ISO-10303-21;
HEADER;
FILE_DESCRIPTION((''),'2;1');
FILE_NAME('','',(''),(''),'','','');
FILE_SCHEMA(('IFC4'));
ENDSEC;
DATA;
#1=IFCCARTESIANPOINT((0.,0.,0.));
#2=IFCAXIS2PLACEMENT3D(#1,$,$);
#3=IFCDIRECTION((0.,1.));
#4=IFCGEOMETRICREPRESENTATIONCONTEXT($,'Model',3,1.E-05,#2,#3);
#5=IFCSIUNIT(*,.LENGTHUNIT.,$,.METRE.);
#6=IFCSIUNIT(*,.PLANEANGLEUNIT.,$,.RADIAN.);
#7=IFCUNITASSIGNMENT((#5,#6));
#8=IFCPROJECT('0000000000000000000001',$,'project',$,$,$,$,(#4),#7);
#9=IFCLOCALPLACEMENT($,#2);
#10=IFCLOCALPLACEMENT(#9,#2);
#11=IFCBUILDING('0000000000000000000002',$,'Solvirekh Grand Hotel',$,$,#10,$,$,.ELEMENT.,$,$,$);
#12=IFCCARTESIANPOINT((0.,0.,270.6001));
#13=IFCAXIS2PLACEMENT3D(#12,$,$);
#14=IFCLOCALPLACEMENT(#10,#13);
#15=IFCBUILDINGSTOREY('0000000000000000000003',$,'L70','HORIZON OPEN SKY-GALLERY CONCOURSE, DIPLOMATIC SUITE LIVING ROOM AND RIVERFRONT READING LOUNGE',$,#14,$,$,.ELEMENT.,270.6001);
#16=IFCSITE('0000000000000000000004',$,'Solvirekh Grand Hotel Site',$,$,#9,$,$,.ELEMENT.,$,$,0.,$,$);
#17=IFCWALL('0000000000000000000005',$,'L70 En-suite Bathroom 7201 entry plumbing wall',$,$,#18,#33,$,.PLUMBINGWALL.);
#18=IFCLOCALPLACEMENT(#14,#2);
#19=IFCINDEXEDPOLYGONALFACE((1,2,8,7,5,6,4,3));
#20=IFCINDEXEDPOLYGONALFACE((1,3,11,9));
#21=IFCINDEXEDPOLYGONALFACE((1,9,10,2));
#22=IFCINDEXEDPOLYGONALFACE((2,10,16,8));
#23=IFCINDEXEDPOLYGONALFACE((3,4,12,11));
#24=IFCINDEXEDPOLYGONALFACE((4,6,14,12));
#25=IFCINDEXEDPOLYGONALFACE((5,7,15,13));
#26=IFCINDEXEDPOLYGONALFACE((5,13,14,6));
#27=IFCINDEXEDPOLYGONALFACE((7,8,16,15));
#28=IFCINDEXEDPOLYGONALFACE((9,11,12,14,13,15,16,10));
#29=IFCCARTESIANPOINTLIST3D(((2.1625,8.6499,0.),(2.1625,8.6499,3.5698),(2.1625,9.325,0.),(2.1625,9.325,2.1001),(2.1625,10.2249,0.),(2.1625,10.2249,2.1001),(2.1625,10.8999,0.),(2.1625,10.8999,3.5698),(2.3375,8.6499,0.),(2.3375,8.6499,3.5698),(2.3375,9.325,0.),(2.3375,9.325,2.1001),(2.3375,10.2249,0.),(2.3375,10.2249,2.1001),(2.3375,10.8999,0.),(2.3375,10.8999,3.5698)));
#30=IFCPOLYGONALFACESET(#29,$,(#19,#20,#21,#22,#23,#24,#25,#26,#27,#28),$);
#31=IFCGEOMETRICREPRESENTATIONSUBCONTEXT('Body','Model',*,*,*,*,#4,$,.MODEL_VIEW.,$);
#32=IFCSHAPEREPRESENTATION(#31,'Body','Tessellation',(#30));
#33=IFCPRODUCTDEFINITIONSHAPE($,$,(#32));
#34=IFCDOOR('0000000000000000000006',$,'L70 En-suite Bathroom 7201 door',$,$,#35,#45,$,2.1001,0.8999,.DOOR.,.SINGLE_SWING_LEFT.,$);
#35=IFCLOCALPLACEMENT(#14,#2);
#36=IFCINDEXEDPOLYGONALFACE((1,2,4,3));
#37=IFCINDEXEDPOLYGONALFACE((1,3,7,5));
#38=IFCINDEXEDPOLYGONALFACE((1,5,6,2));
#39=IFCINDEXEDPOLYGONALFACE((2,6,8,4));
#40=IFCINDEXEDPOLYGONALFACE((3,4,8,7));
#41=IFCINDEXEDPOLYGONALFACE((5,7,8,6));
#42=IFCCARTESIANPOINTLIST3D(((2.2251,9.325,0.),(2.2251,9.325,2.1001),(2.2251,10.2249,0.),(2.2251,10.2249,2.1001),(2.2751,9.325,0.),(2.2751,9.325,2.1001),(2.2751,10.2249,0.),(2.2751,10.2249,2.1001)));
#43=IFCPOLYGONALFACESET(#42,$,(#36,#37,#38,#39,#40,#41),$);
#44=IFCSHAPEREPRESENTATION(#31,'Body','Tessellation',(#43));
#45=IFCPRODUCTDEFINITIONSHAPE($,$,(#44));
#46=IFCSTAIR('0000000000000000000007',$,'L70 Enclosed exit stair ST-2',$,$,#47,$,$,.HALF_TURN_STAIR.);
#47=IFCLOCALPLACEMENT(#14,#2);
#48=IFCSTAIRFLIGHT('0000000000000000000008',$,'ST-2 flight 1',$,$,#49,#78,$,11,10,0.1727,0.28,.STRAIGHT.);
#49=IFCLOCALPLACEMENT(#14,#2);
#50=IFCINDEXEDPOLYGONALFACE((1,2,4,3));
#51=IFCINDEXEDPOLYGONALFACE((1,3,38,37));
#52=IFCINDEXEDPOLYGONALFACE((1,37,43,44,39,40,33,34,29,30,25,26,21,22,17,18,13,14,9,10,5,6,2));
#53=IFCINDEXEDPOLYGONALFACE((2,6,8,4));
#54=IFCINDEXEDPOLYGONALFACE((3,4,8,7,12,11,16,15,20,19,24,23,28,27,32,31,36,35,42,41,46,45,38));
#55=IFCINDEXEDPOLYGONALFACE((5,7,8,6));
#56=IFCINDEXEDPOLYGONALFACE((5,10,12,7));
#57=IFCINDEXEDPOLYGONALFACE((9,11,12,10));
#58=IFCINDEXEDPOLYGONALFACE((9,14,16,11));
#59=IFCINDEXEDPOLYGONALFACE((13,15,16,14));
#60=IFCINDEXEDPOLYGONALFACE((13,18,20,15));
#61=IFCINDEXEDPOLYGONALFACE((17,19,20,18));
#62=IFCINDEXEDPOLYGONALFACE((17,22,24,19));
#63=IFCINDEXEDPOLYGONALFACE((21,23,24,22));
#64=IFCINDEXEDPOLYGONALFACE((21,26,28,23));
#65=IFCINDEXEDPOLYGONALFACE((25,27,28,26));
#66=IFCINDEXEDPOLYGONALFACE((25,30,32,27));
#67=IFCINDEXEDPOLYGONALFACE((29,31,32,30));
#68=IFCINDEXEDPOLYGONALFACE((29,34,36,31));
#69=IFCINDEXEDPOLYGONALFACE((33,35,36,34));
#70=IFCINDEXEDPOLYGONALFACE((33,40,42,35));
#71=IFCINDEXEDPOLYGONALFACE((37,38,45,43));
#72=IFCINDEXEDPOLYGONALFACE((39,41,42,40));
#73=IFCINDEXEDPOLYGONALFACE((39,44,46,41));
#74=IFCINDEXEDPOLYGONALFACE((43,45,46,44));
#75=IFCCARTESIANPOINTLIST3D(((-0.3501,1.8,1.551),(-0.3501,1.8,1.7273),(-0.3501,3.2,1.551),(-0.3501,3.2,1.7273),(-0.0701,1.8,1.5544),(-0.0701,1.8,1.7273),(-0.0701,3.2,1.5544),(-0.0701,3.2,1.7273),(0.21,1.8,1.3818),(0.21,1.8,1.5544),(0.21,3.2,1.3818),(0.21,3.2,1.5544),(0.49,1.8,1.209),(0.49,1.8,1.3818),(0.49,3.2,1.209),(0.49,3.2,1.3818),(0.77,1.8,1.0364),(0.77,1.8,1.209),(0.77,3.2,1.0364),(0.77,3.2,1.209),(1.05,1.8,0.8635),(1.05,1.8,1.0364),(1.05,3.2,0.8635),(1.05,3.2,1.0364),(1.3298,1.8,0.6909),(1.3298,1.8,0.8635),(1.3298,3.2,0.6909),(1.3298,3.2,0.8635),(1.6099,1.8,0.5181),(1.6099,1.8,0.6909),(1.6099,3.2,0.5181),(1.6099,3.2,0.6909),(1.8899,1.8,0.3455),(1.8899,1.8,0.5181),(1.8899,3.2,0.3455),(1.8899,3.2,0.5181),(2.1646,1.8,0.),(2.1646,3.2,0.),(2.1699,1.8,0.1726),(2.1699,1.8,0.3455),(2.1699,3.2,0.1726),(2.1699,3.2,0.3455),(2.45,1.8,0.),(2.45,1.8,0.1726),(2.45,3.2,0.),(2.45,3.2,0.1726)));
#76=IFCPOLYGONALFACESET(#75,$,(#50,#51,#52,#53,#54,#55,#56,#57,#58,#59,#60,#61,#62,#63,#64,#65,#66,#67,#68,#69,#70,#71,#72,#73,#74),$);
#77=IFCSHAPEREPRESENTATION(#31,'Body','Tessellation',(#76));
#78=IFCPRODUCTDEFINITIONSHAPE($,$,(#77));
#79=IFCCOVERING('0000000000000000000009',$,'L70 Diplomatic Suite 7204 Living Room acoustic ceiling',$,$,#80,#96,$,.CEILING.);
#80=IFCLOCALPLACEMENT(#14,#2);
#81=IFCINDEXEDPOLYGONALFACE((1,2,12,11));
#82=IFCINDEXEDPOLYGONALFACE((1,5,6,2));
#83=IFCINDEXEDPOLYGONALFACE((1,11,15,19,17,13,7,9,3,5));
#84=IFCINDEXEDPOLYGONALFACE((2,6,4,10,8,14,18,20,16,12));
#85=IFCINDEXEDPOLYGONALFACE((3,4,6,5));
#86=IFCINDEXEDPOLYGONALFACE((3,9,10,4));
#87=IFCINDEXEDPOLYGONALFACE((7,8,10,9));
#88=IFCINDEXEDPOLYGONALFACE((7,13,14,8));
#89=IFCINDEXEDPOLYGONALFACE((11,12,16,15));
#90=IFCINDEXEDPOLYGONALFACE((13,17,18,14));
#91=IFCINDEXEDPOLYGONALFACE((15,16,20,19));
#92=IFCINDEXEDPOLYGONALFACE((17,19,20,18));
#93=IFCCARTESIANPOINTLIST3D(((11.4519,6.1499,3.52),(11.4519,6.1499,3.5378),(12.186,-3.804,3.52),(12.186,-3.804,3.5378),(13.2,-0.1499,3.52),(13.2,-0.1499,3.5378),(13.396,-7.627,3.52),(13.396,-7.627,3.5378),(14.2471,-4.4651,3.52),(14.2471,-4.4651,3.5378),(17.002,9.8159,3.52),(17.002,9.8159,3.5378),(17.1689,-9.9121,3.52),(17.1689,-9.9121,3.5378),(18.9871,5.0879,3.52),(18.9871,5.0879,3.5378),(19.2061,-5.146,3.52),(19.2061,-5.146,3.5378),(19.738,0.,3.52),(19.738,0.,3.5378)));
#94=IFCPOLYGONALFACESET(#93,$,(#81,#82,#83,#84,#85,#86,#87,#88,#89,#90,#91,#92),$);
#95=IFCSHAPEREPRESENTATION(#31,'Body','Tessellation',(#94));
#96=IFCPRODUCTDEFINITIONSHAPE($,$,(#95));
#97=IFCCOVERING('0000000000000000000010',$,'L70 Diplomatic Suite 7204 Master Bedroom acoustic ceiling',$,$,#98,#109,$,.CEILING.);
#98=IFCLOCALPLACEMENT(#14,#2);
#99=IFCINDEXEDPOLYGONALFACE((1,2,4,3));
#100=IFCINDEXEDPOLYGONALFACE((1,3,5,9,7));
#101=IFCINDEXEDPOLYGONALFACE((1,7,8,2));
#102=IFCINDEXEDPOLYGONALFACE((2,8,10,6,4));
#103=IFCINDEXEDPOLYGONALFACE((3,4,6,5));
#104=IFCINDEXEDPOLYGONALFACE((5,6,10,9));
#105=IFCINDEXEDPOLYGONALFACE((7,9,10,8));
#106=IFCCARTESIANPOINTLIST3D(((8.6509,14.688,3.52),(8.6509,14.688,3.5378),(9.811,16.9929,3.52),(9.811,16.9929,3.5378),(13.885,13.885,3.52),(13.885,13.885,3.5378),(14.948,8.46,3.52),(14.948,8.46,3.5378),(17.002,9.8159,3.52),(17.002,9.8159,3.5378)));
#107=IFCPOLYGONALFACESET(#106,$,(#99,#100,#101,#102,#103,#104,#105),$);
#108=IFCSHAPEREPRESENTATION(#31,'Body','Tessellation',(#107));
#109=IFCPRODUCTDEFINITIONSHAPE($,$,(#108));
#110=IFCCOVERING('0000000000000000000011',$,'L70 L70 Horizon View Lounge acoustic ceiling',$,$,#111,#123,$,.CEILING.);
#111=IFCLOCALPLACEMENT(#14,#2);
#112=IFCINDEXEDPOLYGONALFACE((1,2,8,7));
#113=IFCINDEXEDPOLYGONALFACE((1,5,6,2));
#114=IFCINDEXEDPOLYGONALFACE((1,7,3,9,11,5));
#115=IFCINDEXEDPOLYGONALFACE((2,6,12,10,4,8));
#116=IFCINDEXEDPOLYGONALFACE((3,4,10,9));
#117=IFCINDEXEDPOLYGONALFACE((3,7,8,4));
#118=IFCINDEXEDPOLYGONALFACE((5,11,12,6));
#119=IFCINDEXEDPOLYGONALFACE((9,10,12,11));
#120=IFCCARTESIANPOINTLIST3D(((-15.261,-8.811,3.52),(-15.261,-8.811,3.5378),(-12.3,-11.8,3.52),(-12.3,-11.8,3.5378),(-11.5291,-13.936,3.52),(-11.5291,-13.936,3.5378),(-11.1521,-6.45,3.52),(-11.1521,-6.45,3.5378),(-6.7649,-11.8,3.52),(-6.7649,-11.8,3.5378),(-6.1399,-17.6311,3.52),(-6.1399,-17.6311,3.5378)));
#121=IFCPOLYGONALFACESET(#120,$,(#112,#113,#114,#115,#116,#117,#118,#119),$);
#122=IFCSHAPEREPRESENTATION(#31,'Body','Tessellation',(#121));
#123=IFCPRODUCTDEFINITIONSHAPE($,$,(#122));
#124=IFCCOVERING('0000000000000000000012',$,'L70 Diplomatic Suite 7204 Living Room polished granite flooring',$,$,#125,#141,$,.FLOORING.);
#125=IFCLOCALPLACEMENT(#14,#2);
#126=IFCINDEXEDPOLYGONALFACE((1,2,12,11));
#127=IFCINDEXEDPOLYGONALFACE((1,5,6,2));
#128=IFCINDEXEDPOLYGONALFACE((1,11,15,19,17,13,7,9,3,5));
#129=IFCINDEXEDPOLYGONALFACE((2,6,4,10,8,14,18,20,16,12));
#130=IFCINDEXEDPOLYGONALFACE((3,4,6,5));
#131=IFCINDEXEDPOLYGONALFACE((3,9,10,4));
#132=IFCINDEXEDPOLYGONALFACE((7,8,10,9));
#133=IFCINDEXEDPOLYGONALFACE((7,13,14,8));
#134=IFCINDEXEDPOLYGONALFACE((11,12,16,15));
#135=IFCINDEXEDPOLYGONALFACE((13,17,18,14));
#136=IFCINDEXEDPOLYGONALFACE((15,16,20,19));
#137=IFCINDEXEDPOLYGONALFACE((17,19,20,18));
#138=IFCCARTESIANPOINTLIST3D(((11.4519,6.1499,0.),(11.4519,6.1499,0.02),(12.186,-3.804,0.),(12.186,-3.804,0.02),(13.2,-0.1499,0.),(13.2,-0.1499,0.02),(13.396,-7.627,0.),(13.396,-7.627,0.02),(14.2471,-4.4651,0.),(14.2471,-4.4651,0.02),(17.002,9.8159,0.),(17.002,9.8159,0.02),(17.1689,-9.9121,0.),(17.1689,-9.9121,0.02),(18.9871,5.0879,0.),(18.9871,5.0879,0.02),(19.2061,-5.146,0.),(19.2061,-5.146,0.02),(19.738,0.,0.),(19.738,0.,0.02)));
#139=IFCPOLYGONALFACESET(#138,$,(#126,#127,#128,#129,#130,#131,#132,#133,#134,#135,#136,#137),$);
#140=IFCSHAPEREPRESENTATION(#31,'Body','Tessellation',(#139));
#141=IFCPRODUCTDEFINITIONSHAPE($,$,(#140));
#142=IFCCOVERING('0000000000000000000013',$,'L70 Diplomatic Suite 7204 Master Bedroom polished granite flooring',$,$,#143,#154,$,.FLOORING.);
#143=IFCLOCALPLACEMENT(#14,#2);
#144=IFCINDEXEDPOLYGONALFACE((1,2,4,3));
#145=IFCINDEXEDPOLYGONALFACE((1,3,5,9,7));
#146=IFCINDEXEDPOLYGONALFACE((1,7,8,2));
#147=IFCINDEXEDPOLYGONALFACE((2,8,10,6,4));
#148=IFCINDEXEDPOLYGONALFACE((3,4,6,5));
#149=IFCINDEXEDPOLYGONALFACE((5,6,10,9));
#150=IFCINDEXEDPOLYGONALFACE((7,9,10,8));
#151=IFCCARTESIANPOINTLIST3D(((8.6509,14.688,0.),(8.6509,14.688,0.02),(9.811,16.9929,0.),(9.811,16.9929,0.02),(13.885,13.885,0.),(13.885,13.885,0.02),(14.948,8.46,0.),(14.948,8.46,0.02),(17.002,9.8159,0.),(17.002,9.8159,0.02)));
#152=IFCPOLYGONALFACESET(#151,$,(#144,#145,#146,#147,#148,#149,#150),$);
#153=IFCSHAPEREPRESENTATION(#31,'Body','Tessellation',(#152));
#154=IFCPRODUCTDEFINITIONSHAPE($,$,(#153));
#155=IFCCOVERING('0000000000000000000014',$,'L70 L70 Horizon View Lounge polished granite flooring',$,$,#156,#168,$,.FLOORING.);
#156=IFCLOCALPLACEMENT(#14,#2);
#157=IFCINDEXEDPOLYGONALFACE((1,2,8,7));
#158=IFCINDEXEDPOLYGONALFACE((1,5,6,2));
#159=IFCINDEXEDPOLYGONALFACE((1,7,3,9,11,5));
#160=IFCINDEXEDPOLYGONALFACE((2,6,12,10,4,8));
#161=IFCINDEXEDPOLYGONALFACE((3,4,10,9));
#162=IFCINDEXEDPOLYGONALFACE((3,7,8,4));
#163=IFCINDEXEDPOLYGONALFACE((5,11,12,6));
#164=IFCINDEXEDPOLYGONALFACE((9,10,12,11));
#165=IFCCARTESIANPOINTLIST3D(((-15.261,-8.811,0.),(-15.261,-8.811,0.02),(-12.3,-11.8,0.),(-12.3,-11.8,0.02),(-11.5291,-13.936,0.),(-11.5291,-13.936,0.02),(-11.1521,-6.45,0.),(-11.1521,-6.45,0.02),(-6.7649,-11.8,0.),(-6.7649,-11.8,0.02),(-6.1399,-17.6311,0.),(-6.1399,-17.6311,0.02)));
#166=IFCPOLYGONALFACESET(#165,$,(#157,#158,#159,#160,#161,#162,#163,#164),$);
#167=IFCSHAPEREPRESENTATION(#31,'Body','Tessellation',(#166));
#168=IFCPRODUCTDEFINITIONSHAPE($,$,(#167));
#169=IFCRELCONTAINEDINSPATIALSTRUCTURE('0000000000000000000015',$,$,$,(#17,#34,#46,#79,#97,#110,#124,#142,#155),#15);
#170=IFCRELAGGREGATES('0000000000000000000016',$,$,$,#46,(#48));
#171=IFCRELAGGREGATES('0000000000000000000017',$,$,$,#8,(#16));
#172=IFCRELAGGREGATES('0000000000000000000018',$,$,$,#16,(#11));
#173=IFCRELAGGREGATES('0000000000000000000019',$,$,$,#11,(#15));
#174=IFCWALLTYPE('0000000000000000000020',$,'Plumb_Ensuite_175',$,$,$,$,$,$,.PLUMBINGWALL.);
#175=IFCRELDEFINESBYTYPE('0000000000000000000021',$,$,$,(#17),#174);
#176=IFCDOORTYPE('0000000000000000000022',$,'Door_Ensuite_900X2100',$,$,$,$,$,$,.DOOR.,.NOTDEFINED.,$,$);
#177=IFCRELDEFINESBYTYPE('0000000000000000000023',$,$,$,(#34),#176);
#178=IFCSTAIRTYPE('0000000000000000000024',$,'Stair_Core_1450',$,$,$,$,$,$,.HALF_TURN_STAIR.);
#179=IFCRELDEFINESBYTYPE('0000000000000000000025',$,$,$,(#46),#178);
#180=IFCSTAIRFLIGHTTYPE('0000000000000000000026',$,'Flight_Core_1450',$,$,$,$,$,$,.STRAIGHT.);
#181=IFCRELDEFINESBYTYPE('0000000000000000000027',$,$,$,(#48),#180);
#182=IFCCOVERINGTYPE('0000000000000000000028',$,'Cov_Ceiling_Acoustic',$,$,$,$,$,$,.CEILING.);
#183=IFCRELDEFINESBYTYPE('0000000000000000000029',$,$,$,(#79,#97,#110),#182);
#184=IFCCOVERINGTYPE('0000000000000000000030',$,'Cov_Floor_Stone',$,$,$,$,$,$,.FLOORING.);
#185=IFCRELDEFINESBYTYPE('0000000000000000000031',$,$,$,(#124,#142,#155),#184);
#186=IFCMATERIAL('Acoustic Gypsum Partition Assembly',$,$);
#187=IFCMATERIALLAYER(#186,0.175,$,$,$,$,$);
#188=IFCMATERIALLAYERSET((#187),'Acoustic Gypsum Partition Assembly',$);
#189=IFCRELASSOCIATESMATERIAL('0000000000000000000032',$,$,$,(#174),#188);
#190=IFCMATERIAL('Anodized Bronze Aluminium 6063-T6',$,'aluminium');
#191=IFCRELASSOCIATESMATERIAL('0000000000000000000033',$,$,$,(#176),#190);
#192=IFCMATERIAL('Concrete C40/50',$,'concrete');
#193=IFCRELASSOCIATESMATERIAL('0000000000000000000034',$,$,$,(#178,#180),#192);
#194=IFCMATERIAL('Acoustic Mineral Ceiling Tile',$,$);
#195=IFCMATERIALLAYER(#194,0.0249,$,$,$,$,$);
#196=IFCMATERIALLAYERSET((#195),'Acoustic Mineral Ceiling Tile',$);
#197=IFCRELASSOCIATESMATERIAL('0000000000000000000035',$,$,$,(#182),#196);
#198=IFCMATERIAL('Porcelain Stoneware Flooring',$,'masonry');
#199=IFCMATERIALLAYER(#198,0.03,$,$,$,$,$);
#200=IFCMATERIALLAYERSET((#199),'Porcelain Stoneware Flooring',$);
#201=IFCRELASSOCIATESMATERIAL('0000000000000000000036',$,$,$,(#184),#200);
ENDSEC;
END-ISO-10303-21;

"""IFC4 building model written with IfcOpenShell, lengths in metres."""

from ifc_helpers import new_model, si_unit, direction, frame, frame_2d, origin, place, context, subcontext, project, spatial, polyline, rectangle, outline, extrude, material, layer, layer_set, type_object, element, fill, aggregate, save


model = new_model("IFC4")

# Units and contexts
model_context = context("Model", 3, precision=1e-05, world=origin(), true_north=direction((0.0, 1.0)))
body_context = subcontext(model_context, "Body", "Model", "MODEL_VIEW")
ifc_project = project(units=[si_unit("LENGTHUNIT", "METRE"), si_unit("PLANEANGLEUNIT", "RADIAN")], contexts=[model_context])

# Site, building, storey
site_placement = place(None, origin())
site = spatial("IfcSite", under=ifc_project, at=site_placement, Name="Solvirekh Grand Hotel Site", CompositionType="ELEMENT", RefElevation=0.0)
building_placement = place(site_placement, origin())
building = spatial("IfcBuilding", under=site, at=building_placement, Name="Solvirekh Grand Hotel", CompositionType="ELEMENT")
storey_placement = place(building_placement, frame((0.0, 0.0, 270.6001)))
storey = spatial("IfcBuildingStorey", under=building, at=storey_placement, Name="L70", Description="HORIZON OPEN SKY-GALLERY CONCOURSE, DIPLOMATIC SUITE LIVING ROOM AND RIVERFRONT READING LOUNGE", CompositionType="ELEMENT", Elevation=270.6001)

# Shared definitions
ifc_material_1 = material(Name="Anodized Bronze Aluminium 6063-T6", Category="aluminium")

# Shared definitions
ifc_material_2 = material(Name="Concrete C40/50", Category="concrete")

# Shared definitions
ifc_material_3 = material(Name="Acoustic Gypsum Partition Assembly")

# Shared definitions
ifc_layer_1 = layer(ifc_material_3, 0.175)
ifc_layer_set_1 = layer_set([ifc_layer_1], Name="Acoustic Gypsum Partition Assembly")
wall_type_1 = type_object("IfcWallType", Name="Plumb_Ensuite_175", PredefinedType="PLUMBINGWALL", material=ifc_layer_set_1)

# Wall, opening, door
wall_1_placement = place(storey_placement, frame((2.25, 8.6499, 0.0), z_axis=(0.0, 0.0, 1.0), x_axis=(0.0, 1.0, 0.0)))
wall_1 = element("IfcWall", 1, at=wall_1_placement, inside=storey, type_object=wall_type_1, Name="L70 En-suite Bathroom 7201 entry plumbing wall", PredefinedType="PLUMBINGWALL", context=body_context, shape_type="SweptSolid", body=[
    extrude(rectangle(XDim=2.25, YDim=0.175, at=frame_2d((1.125, 0.0))), origin(), (0.0, 0.0, 1.0), 3.5698),
])
opening_1_placement = place(wall_1_placement, frame((0.675, 0.0, 0.0)))
opening_1 = element("IfcOpeningElement", 2, at=opening_1_placement, cuts=wall_1, PredefinedType="OPENING", context=body_context, shape_type="SweptSolid", body=[
    extrude(rectangle(XDim=0.8999, YDim=2.1001, at=frame_2d((0.45, 1.05))), frame((0.0, 0.0977, 0.0), z_axis=(0.0, -1.0, 0.0), x_axis=(1.0, 0.0, 0.0)), (0.0, 0.0, 1.0), 0.1951),
])
door_type_1 = type_object("IfcDoorType", Name="Door_Ensuite_900X2100", OperationType="NOTDEFINED", PredefinedType="DOOR", material=ifc_material_1)
door_1_placement = place(opening_1_placement, origin())
door_1 = element("IfcDoor", 3, at=door_1_placement, inside=storey, type_object=door_type_1, Name="L70 En-suite Bathroom 7201 door", OperationType="SINGLE_SWING_LEFT", OverallHeight=2.1001, OverallWidth=0.8999, PredefinedType="DOOR", context=body_context, shape_type="SweptSolid", body=[
    extrude(rectangle(XDim=0.8999, YDim=2.1001, at=frame_2d((0.45, 1.05))), frame((0.0, 0.0249, 0.0), z_axis=(0.0, -1.0, 0.0), x_axis=(1.0, 0.0, 0.0)), (0.0, 0.0, 1.0), 0.05),
])
fill(opening_1, door_1)

# Stair, stair flight
stair_type = type_object("IfcStairType", Name="Stair_Core_1450", PredefinedType="HALF_TURN_STAIR", material=ifc_material_2)
stair_placement = place(storey_placement, origin())
stair = element("IfcStair", 4, at=stair_placement, inside=storey, type_object=stair_type, Name="L70 Enclosed exit stair ST-2", PredefinedType="HALF_TURN_STAIR")
stair_flight_type = type_object("IfcStairFlightType", Name="Flight_Core_1450", PredefinedType="STRAIGHT", material=ifc_material_2)
stair_flight_placement = place(storey_placement, frame((2.45, 2.5, 0.0), z_axis=(0.0, 0.0, 1.0), x_axis=(-1.0, 0.0, 0.0)))
stair_flight = element("IfcStairFlight", 5, at=stair_flight_placement, type_object=stair_flight_type, Name="ST-2 flight 1", NumberOfRisers=11, NumberOfTreads=10, PredefinedType="STRAIGHT", RiserHeight=0.1727, TreadLength=0.28, context=body_context, shape_type="SweptSolid", body=[
    extrude(outline(polyline([(0.0, 0.0), (0.0, 0.1726), (0.28, 0.1726), (0.28, 0.3455), (0.5601, 0.3455), (0.5601, 0.5181), (0.8401, 0.5181), (0.8401, 0.6909), (1.1201, 0.6909), (1.1201, 0.8635), (1.3999, 0.8635), (1.3999, 1.0364), (1.6799, 1.0364), (1.6799, 1.209), (1.96, 1.209), (1.96, 1.3818), (2.24, 1.3818), (2.24, 1.5544), (2.52, 1.5544), (2.52, 1.7273), (2.8, 1.7273), (2.8, 1.8999), (2.8, 1.551), (0.2854, 0.0), (0.0, 0.0)])), frame((0.0, 0.7, 0.0), z_axis=(0.0, -1.0, 0.0), x_axis=(1.0, 0.0, 0.0)), (0.0, 0.0, 1.0), 1.3999),
])
aggregate(stair, [stair_flight])

# Coverings
ifc_material_4 = material(Name="Acoustic Mineral Ceiling Tile")
ifc_layer_2 = layer(ifc_material_4, 0.0249)
ifc_layer_set_2 = layer_set([ifc_layer_2], Name="Acoustic Mineral Ceiling Tile")
covering_type_1 = type_object("IfcCoveringType", Name="Cov_Ceiling_Acoustic", PredefinedType="CEILING", material=ifc_layer_set_2)
covering_1_placement = place(storey_placement, frame((0.0, 0.0, 3.52)))
element("IfcCovering", 6, at=covering_1_placement, inside=storey, type_object=covering_type_1, Name="L70 Diplomatic Suite 7204 Living Room acoustic ceiling", PredefinedType="CEILING", context=body_context, shape_type="SweptSolid", body=[
    extrude(outline(polyline([(14.2471, -4.4651), (13.396, -7.627), (17.1689, -9.9121), (19.2061, -5.146), (19.738, 0.0), (18.9871, 5.0879), (17.002, 9.8159), (11.4519, 6.1499), (13.2, -0.1499), (12.186, -3.804), (14.2471, -4.4651)])), origin(), (0.0, 0.0, 1.0), 0.0178),
])
covering_2_placement = place(storey_placement, frame((0.0, 0.0, 3.52)))
element("IfcCovering", 7, at=covering_2_placement, inside=storey, type_object=covering_type_1, Name="L70 Diplomatic Suite 7204 Master Bedroom acoustic ceiling", PredefinedType="CEILING", context=body_context, shape_type="SweptSolid", body=[
    extrude(outline(polyline([(17.002, 9.8159), (13.885, 13.885), (9.811, 16.9929), (8.6509, 14.688), (14.948, 8.46), (17.002, 9.8159)])), origin(), (0.0, 0.0, 1.0), 0.0178),
])
covering_3_placement = place(storey_placement, frame((0.0, 0.0, 3.52)))
element("IfcCovering", 8, at=covering_3_placement, inside=storey, type_object=covering_type_1, Name="L70 L70 Horizon View Lounge acoustic ceiling", PredefinedType="CEILING", context=body_context, shape_type="SweptSolid", body=[
    extrude(outline(polyline([(-15.261, -8.811), (-11.5291, -13.936), (-6.1399, -17.6311), (-6.7649, -11.8), (-12.3, -11.8), (-11.1521, -6.45), (-15.261, -8.811)])), origin(), (0.0, 0.0, 1.0), 0.0178),
])
ifc_material_5 = material(Name="Porcelain Stoneware Flooring", Category="masonry")
ifc_layer_3 = layer(ifc_material_5, 0.03)
ifc_layer_set_3 = layer_set([ifc_layer_3], Name="Porcelain Stoneware Flooring")
covering_type_2 = type_object("IfcCoveringType", Name="Cov_Floor_Stone", PredefinedType="FLOORING", material=ifc_layer_set_3)
covering_4_placement = place(storey_placement, origin())
element("IfcCovering", 9, at=covering_4_placement, inside=storey, type_object=covering_type_2, Name="L70 Diplomatic Suite 7204 Living Room polished granite flooring", PredefinedType="FLOORING", context=body_context, shape_type="SweptSolid", body=[
    extrude(outline(polyline([(14.2471, -4.4651), (13.396, -7.627), (17.1689, -9.9121), (19.2061, -5.146), (19.738, 0.0), (18.9871, 5.0879), (17.002, 9.8159), (11.4519, 6.1499), (13.2, -0.1499), (12.186, -3.804), (14.2471, -4.4651)])), origin(), (0.0, 0.0, 1.0), 0.02),
])
covering_5_placement = place(storey_placement, origin())
element("IfcCovering", 10, at=covering_5_placement, inside=storey, type_object=covering_type_2, Name="L70 Diplomatic Suite 7204 Master Bedroom polished granite flooring", PredefinedType="FLOORING", context=body_context, shape_type="SweptSolid", body=[
    extrude(outline(polyline([(17.002, 9.8159), (13.885, 13.885), (9.811, 16.9929), (8.6509, 14.688), (14.948, 8.46), (17.002, 9.8159)])), origin(), (0.0, 0.0, 1.0), 0.02),
])
covering_6_placement = place(storey_placement, origin())
element("IfcCovering", 11, at=covering_6_placement, inside=storey, type_object=covering_type_2, Name="L70 L70 Horizon View Lounge polished granite flooring", PredefinedType="FLOORING", context=body_context, shape_type="SweptSolid", body=[
    extrude(outline(polyline([(-15.261, -8.811), (-11.5291, -13.936), (-6.1399, -17.6311), (-6.7649, -11.8), (-12.3, -11.8), (-11.1521, -6.45), (-15.261, -8.811)])), origin(), (0.0, 0.0, 1.0), 0.02),
])

save(model, "model.ifc")
